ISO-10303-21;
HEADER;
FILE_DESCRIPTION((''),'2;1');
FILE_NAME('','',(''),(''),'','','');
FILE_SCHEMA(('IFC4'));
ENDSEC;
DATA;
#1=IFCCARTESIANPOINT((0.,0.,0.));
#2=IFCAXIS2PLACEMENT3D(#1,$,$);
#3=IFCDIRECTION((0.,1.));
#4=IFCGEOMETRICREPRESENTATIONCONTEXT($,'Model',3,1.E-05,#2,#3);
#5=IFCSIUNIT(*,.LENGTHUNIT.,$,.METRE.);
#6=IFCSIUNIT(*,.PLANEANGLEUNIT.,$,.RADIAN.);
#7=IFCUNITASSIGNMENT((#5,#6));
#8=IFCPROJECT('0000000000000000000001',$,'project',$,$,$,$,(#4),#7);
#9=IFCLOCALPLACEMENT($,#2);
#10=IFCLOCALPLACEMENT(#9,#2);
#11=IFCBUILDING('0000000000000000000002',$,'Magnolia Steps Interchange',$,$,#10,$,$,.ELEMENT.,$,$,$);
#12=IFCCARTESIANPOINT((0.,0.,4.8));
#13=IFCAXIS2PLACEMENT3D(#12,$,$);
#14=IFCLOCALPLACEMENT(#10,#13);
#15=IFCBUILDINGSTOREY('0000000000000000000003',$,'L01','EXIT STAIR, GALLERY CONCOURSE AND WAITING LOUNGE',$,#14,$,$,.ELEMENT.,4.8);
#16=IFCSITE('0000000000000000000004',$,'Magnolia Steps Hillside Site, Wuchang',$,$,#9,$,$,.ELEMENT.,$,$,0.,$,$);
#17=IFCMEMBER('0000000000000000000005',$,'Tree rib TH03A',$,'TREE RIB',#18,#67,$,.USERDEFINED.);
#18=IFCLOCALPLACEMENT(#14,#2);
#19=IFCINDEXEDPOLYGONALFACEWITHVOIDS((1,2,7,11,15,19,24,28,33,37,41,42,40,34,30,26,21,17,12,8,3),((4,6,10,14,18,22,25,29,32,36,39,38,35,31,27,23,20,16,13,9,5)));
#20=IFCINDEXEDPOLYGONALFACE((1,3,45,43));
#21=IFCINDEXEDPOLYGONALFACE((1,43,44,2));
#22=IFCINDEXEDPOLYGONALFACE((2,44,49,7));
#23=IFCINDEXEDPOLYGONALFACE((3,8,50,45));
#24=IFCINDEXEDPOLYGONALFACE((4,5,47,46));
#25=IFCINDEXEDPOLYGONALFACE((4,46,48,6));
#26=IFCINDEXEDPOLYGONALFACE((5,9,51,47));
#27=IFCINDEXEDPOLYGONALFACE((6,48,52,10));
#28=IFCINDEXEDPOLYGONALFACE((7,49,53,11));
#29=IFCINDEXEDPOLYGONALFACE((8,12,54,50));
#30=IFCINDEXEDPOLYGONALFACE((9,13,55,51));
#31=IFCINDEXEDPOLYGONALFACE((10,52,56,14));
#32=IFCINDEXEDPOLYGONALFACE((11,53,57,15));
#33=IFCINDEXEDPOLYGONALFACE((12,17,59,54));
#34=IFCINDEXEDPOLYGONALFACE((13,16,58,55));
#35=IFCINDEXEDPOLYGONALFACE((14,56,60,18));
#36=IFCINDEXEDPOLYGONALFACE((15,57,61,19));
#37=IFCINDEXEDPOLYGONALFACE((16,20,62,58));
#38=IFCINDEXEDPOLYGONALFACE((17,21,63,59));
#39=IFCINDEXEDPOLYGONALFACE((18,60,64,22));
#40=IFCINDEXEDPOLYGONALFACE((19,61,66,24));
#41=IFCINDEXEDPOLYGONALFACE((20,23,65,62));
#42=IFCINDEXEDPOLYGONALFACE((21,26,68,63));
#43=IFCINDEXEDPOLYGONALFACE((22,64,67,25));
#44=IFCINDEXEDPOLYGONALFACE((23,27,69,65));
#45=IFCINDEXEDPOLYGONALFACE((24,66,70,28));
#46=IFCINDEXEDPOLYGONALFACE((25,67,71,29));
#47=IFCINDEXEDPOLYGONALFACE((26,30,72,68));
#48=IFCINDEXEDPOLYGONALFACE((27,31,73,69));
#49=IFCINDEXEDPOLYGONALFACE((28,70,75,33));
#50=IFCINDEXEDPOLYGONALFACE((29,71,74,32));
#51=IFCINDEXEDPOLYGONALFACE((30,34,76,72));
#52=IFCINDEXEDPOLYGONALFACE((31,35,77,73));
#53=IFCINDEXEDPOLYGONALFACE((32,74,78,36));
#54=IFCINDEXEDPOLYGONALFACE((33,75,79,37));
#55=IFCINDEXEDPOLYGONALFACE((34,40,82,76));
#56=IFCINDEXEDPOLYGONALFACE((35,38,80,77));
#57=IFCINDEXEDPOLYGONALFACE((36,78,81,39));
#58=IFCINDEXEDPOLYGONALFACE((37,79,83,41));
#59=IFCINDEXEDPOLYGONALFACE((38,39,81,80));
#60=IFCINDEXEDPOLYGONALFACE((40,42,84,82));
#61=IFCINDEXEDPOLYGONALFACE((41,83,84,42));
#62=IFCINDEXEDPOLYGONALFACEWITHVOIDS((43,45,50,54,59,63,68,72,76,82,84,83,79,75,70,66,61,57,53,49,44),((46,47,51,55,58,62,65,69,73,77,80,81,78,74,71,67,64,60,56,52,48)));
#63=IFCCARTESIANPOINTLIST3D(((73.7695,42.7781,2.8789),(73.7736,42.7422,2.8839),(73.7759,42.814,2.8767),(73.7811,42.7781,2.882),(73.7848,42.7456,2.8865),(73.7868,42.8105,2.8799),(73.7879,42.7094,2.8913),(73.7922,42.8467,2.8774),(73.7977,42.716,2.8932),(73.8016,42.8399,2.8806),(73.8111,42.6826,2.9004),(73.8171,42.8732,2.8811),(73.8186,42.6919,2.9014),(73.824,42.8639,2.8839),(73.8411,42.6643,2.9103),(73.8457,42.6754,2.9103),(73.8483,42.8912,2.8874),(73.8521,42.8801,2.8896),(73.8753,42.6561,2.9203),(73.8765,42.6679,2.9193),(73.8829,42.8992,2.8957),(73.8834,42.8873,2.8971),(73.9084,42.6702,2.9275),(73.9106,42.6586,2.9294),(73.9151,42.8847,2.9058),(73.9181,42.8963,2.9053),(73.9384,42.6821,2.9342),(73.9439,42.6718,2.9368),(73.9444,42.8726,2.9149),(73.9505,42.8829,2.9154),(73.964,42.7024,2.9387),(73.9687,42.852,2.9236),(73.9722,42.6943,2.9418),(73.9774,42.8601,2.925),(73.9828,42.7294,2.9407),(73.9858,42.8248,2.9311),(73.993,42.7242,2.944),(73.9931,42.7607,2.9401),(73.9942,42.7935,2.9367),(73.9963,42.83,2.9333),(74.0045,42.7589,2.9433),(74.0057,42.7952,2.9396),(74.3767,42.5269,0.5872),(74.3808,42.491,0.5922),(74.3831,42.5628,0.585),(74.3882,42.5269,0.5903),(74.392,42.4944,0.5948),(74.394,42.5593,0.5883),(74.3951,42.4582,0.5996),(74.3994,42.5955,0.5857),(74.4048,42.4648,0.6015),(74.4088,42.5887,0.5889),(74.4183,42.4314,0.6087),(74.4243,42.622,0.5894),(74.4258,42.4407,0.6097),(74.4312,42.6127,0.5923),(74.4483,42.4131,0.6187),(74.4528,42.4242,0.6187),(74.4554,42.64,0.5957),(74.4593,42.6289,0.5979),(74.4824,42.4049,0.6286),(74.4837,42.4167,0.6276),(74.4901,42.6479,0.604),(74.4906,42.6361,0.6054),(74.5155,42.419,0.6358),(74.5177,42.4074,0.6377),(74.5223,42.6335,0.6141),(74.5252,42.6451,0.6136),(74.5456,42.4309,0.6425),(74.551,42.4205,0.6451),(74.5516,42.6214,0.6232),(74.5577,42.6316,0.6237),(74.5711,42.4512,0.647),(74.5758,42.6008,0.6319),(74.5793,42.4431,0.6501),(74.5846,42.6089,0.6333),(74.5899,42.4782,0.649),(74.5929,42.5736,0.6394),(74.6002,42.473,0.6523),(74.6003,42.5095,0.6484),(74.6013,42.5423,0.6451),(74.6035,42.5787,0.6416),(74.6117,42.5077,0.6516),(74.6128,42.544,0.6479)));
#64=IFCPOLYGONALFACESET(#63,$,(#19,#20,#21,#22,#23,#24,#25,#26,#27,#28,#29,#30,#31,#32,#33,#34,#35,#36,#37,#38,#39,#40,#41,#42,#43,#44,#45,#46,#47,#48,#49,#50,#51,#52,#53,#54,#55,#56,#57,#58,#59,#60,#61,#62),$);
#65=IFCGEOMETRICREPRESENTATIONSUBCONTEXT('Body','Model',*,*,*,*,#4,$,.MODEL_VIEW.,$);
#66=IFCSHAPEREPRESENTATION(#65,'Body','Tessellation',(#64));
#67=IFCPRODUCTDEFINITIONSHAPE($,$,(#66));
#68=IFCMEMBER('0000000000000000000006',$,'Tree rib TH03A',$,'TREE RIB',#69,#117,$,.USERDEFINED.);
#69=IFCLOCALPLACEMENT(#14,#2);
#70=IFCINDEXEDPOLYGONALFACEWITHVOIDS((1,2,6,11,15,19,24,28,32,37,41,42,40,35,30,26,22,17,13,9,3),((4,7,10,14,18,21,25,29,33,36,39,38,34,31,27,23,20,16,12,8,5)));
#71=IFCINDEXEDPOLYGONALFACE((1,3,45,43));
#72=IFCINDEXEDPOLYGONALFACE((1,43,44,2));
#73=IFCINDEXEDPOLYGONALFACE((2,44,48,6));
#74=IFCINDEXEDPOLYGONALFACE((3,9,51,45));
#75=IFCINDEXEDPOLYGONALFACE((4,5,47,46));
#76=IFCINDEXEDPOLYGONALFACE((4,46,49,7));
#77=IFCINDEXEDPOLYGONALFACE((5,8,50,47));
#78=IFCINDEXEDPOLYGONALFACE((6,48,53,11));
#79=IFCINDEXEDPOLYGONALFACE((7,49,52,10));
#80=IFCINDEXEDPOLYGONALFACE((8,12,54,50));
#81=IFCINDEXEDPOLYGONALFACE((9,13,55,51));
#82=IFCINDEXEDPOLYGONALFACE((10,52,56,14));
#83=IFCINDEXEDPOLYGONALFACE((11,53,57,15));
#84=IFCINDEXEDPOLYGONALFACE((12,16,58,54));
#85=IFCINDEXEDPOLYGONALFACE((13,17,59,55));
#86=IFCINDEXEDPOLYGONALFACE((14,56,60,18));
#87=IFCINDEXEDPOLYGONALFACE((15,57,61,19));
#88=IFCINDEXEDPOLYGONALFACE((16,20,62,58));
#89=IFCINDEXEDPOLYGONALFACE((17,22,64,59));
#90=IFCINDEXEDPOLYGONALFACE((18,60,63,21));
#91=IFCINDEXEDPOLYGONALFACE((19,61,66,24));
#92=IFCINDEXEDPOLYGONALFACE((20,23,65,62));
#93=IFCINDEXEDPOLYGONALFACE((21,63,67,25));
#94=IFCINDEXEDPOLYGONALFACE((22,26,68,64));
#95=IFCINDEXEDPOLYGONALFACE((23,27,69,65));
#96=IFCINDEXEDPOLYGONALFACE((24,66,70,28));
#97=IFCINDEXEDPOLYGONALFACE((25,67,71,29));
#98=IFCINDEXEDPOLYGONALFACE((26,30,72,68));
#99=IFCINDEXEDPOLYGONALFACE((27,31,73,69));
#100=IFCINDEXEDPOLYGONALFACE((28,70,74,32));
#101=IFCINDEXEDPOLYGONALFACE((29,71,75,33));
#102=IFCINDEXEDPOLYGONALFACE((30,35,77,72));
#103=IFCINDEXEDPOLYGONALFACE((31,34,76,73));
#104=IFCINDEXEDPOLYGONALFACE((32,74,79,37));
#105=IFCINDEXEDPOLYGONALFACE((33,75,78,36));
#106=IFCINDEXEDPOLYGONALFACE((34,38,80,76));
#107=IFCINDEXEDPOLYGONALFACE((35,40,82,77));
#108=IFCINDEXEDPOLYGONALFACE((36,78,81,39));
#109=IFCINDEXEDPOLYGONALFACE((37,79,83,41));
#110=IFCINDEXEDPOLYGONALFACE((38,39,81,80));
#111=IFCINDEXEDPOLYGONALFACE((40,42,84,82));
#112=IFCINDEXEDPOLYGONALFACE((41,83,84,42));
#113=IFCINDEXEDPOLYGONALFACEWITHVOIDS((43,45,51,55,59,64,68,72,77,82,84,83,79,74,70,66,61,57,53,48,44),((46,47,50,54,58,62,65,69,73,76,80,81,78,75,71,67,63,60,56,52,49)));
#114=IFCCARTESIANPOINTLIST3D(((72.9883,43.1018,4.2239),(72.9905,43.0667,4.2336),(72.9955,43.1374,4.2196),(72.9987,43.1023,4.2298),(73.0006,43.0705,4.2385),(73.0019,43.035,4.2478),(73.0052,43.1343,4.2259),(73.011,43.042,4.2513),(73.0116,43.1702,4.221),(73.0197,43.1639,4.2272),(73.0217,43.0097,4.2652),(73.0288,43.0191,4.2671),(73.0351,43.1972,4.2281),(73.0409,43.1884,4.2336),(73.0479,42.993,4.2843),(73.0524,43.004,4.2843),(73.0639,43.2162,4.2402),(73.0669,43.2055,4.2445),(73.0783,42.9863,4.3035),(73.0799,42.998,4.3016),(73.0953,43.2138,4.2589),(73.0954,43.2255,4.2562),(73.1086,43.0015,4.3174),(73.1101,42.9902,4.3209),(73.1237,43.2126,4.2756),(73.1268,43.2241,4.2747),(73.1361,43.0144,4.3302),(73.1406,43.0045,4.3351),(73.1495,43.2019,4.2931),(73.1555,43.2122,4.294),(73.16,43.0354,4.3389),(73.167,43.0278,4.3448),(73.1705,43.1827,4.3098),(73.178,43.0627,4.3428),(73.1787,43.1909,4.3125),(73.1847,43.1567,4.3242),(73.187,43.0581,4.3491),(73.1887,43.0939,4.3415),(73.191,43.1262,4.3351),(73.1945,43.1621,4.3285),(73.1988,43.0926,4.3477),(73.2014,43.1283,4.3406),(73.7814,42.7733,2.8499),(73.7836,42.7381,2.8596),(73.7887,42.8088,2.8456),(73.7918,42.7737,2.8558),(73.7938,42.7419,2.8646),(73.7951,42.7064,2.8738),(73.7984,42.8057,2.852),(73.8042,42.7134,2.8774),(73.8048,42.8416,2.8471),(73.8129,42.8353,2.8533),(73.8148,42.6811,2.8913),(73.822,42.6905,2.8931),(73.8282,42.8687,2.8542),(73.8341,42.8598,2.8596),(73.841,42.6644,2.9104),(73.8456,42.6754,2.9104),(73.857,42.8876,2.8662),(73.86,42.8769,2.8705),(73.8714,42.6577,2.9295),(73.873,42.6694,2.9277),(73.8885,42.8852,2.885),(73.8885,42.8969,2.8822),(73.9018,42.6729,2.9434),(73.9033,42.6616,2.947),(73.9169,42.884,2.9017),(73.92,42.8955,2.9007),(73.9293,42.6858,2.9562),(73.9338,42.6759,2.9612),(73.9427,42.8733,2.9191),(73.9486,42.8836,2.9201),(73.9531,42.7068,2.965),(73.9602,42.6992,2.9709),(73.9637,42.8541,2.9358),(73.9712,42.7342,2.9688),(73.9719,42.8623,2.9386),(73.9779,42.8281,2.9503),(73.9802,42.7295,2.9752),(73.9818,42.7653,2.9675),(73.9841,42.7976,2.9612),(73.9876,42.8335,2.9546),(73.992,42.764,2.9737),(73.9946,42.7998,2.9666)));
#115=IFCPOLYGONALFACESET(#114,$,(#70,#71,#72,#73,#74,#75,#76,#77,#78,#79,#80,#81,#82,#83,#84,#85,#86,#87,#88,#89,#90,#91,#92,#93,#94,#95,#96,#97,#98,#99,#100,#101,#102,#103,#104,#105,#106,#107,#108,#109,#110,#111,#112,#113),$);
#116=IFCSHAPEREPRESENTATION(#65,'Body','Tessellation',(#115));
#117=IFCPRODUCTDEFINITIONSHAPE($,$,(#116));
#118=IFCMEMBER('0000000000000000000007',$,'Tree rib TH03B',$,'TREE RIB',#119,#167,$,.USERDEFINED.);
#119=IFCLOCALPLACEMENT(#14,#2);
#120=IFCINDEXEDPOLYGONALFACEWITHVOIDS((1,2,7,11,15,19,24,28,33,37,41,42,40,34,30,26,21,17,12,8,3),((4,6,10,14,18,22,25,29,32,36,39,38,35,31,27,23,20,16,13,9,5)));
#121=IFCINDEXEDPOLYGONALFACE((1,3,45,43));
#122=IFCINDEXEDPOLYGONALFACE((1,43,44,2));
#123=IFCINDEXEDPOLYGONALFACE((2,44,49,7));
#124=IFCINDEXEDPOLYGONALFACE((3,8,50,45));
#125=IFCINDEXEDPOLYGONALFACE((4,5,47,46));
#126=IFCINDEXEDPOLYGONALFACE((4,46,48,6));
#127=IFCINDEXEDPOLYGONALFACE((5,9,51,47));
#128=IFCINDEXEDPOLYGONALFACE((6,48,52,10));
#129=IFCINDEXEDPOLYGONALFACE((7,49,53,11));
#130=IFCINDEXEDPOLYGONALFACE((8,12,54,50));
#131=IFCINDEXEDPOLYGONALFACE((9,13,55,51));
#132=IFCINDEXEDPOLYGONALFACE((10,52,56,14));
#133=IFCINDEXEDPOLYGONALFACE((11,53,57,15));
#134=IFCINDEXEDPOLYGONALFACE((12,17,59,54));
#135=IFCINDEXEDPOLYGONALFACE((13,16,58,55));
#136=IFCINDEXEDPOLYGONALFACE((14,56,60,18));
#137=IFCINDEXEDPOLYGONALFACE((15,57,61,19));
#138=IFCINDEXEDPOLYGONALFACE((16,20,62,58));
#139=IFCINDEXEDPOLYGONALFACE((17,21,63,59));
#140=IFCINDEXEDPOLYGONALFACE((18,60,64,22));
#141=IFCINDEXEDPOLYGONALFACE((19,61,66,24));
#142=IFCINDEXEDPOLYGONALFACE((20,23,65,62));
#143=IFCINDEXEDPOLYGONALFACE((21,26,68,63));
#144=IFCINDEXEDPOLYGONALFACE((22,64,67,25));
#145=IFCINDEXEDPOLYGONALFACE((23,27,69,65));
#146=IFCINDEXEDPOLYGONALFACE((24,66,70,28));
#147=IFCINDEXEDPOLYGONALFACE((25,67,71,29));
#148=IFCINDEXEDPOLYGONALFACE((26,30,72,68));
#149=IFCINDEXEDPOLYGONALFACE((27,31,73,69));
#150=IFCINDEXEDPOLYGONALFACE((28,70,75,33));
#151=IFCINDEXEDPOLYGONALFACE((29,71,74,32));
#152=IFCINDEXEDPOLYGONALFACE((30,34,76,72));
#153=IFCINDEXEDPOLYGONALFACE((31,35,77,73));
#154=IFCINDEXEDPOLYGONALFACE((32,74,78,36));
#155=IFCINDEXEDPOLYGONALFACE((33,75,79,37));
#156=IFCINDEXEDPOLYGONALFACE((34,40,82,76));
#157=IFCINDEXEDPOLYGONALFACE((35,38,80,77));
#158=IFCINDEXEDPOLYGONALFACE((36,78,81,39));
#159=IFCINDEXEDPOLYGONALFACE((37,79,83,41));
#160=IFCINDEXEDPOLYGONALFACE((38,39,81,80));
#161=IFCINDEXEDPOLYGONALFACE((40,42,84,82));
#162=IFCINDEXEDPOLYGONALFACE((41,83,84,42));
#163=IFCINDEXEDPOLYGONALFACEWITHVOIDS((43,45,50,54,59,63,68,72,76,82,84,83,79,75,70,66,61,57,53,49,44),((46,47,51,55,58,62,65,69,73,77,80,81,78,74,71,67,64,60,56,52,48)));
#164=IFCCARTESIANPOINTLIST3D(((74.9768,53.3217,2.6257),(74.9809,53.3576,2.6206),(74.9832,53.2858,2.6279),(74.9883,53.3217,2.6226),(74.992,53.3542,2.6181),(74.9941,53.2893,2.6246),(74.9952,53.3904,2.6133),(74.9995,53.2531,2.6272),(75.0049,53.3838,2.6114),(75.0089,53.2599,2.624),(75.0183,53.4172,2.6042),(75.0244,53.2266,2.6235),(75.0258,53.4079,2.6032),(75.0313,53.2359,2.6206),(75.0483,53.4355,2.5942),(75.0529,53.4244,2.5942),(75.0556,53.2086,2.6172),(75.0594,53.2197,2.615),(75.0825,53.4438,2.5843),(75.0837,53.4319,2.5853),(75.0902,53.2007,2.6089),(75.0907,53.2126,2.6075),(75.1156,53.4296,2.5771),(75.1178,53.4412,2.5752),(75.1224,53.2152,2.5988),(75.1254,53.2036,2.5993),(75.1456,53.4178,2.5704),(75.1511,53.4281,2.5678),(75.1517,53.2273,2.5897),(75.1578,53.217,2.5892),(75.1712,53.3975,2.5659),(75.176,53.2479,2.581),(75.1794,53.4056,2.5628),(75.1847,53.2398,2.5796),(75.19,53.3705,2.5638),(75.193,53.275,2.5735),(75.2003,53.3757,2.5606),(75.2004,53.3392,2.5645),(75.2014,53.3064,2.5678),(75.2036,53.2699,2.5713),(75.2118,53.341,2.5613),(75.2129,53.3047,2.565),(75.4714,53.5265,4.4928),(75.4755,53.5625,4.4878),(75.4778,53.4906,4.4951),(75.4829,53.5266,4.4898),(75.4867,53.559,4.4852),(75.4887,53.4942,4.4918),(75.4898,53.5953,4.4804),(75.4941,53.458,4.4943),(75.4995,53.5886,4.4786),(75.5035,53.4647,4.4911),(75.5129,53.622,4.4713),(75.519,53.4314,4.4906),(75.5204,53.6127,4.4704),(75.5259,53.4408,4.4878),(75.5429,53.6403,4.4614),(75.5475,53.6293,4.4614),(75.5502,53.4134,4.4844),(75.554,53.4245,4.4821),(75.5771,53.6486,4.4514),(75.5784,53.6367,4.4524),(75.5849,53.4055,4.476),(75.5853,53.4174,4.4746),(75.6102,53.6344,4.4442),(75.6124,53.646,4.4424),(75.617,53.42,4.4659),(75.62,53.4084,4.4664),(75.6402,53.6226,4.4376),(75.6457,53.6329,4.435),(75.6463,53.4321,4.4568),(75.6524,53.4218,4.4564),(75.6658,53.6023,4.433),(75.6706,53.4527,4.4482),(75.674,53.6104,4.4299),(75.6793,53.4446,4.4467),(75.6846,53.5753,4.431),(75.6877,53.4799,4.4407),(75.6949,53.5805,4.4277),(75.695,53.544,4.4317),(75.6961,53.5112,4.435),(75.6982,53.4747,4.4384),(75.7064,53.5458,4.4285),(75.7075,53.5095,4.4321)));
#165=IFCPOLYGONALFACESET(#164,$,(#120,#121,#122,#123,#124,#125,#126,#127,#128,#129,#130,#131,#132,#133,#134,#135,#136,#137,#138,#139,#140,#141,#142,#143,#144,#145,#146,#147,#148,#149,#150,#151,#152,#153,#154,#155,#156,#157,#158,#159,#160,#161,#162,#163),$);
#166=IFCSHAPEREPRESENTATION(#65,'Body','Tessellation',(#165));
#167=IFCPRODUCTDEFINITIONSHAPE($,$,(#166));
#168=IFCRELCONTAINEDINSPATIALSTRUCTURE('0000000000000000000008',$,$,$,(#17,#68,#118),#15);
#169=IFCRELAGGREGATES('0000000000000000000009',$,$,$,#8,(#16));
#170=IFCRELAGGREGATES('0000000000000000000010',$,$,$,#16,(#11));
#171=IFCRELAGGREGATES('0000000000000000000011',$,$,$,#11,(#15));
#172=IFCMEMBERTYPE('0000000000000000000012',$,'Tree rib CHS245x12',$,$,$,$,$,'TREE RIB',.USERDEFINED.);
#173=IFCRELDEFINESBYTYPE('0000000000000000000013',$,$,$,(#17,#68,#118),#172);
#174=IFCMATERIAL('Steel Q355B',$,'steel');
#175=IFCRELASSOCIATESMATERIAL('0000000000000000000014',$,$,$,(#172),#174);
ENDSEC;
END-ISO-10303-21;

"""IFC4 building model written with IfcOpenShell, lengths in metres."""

from ifc_helpers import new_model, si_unit, direction, frame, origin, origin_2d, place, context, subcontext, project, spatial, hollow_circle, extrude, material, material_profile, profile_set, type_object, element, save


model = new_model("IFC4")

# Units and contexts
model_context = context("Model", 3, precision=1e-05, world=origin(), true_north=direction((0.0, 1.0)))
body_context = subcontext(model_context, "Body", "Model", "MODEL_VIEW")
ifc_project = project(units=[si_unit("LENGTHUNIT", "METRE"), si_unit("PLANEANGLEUNIT", "RADIAN")], contexts=[model_context])

# Site, building, storey
site_placement = place(None, origin())
site = spatial("IfcSite", under=ifc_project, at=site_placement, Name="Magnolia Steps Hillside Site, Wuchang", CompositionType="ELEMENT", RefElevation=0.0)
building_placement = place(site_placement, origin())
building = spatial("IfcBuilding", under=site, at=building_placement, Name="Magnolia Steps Interchange", CompositionType="ELEMENT")
storey_placement = place(building_placement, frame((0.0, 0.0, 4.8)))
storey = spatial("IfcBuildingStorey", under=building, at=storey_placement, Name="L01", Description="EXIT STAIR, GALLERY CONCOURSE AND WAITING LOUNGE", CompositionType="ELEMENT", Elevation=4.8)

# Members
ifc_material_1 = material(Name="Steel Q355B", Category="steel")
ifc_material_profile_1 = material_profile(ifc_material_1, hollow_circle(Radius=0.1226, WallThickness=0.012, at=origin_2d()), Name="CHS245x12")
ifc_profile_set_1 = profile_set([ifc_material_profile_1], Name="Steel Q355B")
member_type_1 = type_object("IfcMemberType", Name="Tree rib CHS245x12", ElementType="TREE RIB", PredefinedType="USERDEFINED", material=ifc_profile_set_1)
member_1_placement = place(storey_placement, frame((74.4951, 42.5264, 0.6187), z_axis=(-0.254679, 0.105374, 0.961267), x_axis=(-0.382319, -0.92403, 0.0)))
element("IfcMember", 1, at=member_1_placement, inside=storey, type_object=member_type_1, Name="Tree rib TH03A", ObjectType="TREE RIB", PredefinedType="USERDEFINED", context=body_context, shape_type="SweptSolid", body=[
    extrude(hollow_circle(Radius=0.1226, WallThickness=0.012, at=origin_2d()), origin(), (0.0, 0.0, 1.0), 2.384),
])
member_2_placement = place(storey_placement, frame((73.8879, 42.7776, 2.9104), z_axis=(-0.489571, 0.20282, 0.848047), x_axis=(-0.382737, -0.923857, 0.0)))
element("IfcMember", 2, at=member_2_placement, inside=storey, type_object=member_type_1, Name="Tree rib TH03A", ObjectType="TREE RIB", PredefinedType="USERDEFINED", context=body_context, shape_type="SweptSolid", body=[
    extrude(hollow_circle(Radius=0.1226, WallThickness=0.012, at=origin_2d()), origin(), (0.0, 0.0, 1.0), 1.6201),
])
for number, where, z_axis, x_axis, name in (
    (3, (75.0952, 53.3223, 2.5942), (0.254645, 0.105453, 0.961268), (-0.382607, 0.923911, 0.0), "Tree rib TH03B"),
):
    element("IfcMember", number, at=place(storey_placement, frame(where, z_axis=z_axis, x_axis=x_axis)), inside=storey, type_object=member_type_1, Name=name, ObjectType="TREE RIB", PredefinedType="USERDEFINED", context=body_context, shape_type="SweptSolid", body=[
        extrude(hollow_circle(Radius=0.1226, WallThickness=0.012, at=origin_2d()), origin(), (0.0, 0.0, 1.0), 1.9424),
    ])

save(model, "model.ifc")
